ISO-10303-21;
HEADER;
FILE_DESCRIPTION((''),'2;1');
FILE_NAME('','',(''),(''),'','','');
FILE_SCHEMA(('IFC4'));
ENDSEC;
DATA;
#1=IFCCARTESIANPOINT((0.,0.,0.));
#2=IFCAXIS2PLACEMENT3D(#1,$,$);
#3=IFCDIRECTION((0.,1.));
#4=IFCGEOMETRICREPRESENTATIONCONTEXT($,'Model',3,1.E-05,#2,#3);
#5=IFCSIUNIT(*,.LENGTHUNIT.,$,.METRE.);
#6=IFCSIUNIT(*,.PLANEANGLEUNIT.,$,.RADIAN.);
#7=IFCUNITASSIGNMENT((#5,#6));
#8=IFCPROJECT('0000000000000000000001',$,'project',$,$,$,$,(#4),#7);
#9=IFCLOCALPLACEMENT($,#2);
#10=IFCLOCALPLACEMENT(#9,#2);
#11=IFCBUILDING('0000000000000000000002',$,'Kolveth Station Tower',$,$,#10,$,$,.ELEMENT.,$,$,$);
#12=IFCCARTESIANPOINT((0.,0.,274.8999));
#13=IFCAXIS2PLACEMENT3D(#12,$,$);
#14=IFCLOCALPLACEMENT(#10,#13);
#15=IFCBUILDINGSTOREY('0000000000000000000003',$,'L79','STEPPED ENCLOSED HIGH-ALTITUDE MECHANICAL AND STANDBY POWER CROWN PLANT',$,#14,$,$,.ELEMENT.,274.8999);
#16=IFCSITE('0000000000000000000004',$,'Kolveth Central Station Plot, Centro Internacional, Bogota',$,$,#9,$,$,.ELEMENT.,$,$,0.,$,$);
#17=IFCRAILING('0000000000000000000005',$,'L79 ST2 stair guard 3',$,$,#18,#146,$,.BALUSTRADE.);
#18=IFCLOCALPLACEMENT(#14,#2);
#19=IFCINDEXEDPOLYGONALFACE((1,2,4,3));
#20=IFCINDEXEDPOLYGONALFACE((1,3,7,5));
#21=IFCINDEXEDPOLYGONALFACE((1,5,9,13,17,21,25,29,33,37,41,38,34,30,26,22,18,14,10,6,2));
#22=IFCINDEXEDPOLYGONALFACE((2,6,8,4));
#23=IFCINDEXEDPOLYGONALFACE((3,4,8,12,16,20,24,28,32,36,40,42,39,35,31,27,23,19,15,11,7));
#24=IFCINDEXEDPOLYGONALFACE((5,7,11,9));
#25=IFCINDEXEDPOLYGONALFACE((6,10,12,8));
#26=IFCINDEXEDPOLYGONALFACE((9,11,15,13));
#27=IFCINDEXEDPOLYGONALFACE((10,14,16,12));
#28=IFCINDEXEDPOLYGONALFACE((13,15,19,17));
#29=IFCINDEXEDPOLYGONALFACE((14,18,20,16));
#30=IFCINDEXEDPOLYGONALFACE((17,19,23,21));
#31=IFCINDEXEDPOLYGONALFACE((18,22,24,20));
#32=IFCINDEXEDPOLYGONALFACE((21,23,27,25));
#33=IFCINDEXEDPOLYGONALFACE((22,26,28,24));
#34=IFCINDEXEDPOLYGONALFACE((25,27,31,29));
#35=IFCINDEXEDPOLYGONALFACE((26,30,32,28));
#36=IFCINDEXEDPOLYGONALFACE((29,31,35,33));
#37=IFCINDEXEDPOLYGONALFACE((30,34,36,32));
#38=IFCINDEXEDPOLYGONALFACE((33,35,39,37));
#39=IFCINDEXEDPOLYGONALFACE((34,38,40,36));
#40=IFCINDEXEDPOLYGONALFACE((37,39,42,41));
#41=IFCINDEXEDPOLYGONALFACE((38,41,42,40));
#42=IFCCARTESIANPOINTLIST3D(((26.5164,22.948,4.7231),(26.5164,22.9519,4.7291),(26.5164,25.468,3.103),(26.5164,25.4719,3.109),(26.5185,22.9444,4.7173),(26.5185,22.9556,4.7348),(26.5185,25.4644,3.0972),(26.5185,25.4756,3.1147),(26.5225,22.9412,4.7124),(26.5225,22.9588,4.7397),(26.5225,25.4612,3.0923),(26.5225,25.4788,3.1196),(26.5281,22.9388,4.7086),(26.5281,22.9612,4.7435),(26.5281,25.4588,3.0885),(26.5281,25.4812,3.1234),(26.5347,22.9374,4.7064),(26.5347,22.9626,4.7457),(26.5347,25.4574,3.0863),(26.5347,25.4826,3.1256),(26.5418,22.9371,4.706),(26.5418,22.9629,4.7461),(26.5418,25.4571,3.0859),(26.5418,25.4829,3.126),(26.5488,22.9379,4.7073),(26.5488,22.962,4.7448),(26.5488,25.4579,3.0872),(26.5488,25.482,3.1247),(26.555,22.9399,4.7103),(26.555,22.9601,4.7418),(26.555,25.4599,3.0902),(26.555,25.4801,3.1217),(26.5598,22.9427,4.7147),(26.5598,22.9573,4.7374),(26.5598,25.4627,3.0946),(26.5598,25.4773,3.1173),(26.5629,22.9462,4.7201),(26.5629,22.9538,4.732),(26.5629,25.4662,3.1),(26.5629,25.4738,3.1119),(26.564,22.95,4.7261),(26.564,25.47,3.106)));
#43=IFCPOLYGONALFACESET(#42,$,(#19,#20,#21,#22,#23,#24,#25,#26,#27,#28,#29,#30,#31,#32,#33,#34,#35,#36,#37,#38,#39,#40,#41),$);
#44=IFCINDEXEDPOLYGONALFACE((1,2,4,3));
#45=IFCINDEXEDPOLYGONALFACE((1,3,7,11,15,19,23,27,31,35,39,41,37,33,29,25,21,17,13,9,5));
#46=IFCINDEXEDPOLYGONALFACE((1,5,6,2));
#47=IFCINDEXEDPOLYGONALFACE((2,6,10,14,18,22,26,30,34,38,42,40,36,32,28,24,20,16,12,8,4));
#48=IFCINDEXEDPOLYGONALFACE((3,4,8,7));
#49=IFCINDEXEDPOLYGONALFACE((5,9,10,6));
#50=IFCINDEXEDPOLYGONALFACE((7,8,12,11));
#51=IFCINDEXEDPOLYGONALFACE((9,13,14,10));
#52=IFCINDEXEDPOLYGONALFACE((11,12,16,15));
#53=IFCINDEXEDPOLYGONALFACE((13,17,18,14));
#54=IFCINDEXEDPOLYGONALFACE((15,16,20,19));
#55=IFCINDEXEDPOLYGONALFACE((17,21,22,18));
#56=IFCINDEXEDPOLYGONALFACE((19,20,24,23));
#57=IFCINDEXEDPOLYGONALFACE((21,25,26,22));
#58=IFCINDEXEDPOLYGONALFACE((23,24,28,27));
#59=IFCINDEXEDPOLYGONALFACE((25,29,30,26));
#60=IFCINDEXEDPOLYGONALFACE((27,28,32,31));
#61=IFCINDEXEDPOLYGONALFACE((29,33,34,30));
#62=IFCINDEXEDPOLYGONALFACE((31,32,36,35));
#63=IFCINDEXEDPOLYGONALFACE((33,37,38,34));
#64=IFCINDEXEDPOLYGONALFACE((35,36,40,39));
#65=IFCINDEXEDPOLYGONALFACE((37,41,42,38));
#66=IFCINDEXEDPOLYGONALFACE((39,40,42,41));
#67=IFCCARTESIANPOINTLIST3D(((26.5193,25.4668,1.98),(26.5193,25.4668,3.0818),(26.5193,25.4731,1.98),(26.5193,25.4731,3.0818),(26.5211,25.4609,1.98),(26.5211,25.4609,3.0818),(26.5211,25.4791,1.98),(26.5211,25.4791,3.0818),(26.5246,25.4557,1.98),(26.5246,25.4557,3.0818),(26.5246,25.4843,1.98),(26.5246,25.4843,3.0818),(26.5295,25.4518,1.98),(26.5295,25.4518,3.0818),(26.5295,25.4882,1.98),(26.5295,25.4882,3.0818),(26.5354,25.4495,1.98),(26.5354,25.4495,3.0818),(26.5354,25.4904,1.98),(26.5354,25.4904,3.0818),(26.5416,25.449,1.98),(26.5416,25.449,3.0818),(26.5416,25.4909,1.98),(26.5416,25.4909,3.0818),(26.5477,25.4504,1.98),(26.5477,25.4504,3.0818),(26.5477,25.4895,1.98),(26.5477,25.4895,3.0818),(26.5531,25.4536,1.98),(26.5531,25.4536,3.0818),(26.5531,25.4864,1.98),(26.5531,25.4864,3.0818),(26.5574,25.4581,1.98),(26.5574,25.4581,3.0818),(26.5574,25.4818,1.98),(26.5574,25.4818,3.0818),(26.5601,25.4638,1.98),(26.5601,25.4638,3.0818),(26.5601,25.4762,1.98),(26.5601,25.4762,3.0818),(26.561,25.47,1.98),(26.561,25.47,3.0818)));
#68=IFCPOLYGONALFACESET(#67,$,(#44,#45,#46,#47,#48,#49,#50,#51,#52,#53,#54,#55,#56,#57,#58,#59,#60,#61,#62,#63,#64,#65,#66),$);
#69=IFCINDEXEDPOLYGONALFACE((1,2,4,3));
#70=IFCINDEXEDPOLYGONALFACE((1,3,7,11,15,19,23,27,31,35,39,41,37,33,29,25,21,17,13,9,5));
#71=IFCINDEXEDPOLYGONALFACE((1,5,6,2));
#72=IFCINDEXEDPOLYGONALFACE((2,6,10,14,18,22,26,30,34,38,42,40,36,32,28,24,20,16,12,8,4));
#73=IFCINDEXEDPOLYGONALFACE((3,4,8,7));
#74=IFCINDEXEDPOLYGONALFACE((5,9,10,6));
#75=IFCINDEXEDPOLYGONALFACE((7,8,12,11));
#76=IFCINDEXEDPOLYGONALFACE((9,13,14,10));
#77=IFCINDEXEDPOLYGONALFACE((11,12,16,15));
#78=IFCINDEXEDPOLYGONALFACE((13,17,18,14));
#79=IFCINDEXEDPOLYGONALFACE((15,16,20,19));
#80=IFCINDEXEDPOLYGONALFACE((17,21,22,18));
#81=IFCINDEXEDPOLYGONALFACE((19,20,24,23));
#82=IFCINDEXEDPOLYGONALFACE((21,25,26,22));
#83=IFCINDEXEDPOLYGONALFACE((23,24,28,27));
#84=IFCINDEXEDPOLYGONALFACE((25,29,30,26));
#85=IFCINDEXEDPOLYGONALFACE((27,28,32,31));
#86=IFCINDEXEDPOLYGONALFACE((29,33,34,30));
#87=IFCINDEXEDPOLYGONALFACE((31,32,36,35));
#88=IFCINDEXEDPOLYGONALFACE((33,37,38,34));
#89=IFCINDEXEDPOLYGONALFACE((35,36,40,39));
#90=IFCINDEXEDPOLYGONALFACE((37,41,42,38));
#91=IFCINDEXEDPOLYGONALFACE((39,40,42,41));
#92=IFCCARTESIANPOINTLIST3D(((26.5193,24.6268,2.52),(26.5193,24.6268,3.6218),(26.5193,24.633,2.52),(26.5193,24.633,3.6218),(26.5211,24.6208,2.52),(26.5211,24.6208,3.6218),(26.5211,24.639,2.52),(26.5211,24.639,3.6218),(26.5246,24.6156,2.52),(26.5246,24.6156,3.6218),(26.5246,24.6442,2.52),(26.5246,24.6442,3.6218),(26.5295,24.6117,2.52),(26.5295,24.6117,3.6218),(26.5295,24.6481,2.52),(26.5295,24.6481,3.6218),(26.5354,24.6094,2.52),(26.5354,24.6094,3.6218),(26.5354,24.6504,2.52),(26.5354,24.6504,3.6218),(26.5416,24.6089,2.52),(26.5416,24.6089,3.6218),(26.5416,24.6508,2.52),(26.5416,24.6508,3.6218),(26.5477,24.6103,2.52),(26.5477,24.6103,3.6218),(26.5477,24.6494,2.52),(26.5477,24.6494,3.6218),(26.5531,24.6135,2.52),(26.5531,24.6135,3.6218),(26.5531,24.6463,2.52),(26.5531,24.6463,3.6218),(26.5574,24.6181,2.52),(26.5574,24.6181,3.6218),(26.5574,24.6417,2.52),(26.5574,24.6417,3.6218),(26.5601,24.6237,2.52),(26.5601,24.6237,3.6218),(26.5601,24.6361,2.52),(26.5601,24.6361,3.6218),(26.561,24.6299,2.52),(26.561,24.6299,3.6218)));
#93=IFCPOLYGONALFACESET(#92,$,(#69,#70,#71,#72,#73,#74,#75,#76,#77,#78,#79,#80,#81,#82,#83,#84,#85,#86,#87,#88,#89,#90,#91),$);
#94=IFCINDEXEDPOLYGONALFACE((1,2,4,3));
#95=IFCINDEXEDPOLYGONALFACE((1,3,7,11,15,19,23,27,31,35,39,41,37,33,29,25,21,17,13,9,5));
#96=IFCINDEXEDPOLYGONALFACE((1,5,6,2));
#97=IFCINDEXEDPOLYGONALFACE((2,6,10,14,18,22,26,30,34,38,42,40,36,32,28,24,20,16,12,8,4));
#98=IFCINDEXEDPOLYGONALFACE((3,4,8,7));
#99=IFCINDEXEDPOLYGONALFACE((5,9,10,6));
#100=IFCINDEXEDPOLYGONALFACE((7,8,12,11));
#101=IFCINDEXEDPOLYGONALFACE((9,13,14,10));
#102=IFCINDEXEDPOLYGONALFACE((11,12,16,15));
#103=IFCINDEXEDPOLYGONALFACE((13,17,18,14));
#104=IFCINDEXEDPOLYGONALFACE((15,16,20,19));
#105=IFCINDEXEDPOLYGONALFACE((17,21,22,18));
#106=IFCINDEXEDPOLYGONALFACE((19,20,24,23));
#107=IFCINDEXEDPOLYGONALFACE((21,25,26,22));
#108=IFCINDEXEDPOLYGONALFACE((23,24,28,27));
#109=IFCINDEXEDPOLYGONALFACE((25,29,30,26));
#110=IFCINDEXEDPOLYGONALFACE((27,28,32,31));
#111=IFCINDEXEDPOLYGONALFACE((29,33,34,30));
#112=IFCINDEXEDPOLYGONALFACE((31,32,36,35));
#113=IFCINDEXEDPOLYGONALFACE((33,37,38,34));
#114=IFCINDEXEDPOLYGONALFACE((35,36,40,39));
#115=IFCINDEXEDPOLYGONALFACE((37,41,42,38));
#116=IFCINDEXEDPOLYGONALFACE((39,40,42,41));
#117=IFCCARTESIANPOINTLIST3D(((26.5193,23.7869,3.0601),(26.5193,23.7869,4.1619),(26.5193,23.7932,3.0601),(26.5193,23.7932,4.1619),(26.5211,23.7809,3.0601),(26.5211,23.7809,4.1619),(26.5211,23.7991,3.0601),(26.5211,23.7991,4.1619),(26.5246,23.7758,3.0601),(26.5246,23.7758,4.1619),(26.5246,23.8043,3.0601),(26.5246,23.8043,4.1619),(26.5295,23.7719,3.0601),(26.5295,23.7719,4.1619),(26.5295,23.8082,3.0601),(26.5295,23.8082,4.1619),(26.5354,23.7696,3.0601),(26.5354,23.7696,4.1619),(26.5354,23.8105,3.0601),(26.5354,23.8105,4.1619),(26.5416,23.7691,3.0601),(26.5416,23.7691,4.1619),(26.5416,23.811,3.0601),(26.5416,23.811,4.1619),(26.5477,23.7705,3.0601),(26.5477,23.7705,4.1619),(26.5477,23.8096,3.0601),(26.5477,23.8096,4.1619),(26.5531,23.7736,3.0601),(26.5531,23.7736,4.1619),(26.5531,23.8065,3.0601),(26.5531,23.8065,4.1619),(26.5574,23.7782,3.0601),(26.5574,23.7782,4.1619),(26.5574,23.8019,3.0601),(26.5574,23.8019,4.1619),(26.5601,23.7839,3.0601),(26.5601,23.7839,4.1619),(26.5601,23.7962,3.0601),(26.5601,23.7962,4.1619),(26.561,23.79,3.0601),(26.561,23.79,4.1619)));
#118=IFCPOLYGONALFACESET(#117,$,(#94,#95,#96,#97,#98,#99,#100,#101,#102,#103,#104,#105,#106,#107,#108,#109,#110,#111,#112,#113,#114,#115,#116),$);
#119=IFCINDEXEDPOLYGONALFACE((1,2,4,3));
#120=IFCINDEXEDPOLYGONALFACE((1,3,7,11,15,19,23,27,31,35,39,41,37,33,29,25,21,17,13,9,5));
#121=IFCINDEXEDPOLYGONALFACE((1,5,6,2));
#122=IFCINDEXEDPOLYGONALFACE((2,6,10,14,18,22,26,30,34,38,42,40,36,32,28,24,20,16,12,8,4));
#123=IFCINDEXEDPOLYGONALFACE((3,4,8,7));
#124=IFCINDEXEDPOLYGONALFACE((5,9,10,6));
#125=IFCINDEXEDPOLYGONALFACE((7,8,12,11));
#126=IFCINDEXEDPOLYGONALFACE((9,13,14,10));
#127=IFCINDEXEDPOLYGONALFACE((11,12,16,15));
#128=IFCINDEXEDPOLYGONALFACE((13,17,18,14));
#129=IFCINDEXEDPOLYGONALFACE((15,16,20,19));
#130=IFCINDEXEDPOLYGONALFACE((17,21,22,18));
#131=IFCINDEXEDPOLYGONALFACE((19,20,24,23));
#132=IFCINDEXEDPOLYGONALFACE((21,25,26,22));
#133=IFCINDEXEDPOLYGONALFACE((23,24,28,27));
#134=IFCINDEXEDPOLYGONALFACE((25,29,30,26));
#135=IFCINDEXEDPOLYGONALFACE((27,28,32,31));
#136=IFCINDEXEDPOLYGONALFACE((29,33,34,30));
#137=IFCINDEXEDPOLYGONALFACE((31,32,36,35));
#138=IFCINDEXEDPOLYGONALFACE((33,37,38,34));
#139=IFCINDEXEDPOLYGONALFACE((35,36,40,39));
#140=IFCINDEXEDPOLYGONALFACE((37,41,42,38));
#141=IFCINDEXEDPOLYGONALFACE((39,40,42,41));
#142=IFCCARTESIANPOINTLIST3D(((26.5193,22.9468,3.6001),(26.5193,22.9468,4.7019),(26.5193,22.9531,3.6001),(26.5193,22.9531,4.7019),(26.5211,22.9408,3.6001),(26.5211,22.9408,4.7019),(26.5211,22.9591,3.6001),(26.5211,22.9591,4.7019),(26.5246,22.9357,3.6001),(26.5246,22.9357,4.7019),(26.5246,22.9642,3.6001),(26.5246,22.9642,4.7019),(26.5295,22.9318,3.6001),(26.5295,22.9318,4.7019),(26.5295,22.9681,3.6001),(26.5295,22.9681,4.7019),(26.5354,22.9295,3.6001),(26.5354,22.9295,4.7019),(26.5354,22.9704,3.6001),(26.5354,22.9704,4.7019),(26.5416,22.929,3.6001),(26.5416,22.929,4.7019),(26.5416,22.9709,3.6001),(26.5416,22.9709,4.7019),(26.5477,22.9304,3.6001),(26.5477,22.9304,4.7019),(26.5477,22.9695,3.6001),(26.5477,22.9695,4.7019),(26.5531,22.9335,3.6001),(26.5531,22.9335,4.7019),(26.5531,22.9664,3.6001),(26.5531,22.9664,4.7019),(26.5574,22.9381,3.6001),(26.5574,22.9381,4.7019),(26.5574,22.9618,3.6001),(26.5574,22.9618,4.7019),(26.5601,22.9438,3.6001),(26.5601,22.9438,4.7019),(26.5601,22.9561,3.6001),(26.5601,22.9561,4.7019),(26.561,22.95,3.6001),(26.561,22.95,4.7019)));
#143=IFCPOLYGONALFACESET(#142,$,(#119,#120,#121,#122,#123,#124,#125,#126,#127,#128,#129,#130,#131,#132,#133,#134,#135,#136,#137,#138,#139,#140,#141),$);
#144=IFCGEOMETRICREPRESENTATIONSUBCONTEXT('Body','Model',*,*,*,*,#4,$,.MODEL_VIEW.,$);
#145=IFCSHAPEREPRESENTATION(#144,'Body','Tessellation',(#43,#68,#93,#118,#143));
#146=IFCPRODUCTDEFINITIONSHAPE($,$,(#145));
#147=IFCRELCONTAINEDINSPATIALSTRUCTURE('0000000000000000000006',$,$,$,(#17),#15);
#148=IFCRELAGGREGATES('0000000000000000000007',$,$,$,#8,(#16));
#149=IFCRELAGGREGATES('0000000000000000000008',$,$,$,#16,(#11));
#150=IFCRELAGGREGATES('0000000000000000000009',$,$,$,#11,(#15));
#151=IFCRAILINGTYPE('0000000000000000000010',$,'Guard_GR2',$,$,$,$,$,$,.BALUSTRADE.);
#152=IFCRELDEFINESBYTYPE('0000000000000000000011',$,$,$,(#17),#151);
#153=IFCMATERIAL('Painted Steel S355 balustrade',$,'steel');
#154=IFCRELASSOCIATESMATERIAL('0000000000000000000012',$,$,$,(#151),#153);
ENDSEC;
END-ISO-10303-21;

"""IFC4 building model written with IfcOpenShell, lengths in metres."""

from ifc_helpers import new_model, si_unit, direction, frame, origin, origin_2d, place, context, subcontext, project, spatial, circle, extrude, material, type_object, element, save


model = new_model("IFC4")

# Units and contexts
model_context = context("Model", 3, precision=1e-05, world=origin(), true_north=direction((0.0, 1.0)))
body_context = subcontext(model_context, "Body", "Model", "MODEL_VIEW")
ifc_project = project(units=[si_unit("LENGTHUNIT", "METRE"), si_unit("PLANEANGLEUNIT", "RADIAN")], contexts=[model_context])

# Site, building, storey
site_placement = place(None, origin())
site = spatial("IfcSite", under=ifc_project, at=site_placement, Name="Kolveth Central Station Plot, Centro Internacional, Bogota", CompositionType="ELEMENT", RefElevation=0.0)
building_placement = place(site_placement, origin())
building = spatial("IfcBuilding", under=site, at=building_placement, Name="Kolveth Station Tower", CompositionType="ELEMENT")
storey_placement = place(building_placement, frame((0.0, 0.0, 274.8999)))
storey = spatial("IfcBuildingStorey", under=building, at=storey_placement, Name="L79", Description="STEPPED ENCLOSED HIGH-ALTITUDE MECHANICAL AND STANDBY POWER CROWN PLANT", CompositionType="ELEMENT", Elevation=274.8999)

# Railing
ifc_material_1 = material(Name="Painted Steel S355 balustrade", Category="steel")
railing_type_1 = type_object("IfcRailingType", Name="Guard_GR2", PredefinedType="BALUSTRADE", material=ifc_material_1)
railing_1_placement = place(storey_placement, frame((26.54, 25.47, 1.98)))
element("IfcRailing", 1, at=railing_1_placement, inside=storey, type_object=railing_type_1, Name="L79 ST2 stair guard 3", PredefinedType="BALUSTRADE", context=body_context, shape_type="SweptSolid", body=[
    extrude(circle(Radius=0.0239, at=origin_2d()), frame((0.0, 0.0, 1.126), z_axis=(0.0, -0.841163, 0.540782), x_axis=(1.0, 0.0, 0.0)), (0.0, 0.0, 1.0), 2.9958),
    extrude(circle(Radius=0.021, at=origin_2d()), origin(), (0.0, 0.0, 1.0), 1.1018),
    extrude(circle(Radius=0.021, at=origin_2d()), frame((0.0, -0.8401, 0.54)), (0.0, 0.0, 1.0), 1.1018),
    extrude(circle(Radius=0.021, at=origin_2d()), frame((0.0, -1.6799, 1.0801)), (0.0, 0.0, 1.0), 1.1018),
    extrude(circle(Radius=0.021, at=origin_2d()), frame((0.0, -2.52, 1.6201)), (0.0, 0.0, 1.0), 1.1018),
])

save(model, "model.ifc")
